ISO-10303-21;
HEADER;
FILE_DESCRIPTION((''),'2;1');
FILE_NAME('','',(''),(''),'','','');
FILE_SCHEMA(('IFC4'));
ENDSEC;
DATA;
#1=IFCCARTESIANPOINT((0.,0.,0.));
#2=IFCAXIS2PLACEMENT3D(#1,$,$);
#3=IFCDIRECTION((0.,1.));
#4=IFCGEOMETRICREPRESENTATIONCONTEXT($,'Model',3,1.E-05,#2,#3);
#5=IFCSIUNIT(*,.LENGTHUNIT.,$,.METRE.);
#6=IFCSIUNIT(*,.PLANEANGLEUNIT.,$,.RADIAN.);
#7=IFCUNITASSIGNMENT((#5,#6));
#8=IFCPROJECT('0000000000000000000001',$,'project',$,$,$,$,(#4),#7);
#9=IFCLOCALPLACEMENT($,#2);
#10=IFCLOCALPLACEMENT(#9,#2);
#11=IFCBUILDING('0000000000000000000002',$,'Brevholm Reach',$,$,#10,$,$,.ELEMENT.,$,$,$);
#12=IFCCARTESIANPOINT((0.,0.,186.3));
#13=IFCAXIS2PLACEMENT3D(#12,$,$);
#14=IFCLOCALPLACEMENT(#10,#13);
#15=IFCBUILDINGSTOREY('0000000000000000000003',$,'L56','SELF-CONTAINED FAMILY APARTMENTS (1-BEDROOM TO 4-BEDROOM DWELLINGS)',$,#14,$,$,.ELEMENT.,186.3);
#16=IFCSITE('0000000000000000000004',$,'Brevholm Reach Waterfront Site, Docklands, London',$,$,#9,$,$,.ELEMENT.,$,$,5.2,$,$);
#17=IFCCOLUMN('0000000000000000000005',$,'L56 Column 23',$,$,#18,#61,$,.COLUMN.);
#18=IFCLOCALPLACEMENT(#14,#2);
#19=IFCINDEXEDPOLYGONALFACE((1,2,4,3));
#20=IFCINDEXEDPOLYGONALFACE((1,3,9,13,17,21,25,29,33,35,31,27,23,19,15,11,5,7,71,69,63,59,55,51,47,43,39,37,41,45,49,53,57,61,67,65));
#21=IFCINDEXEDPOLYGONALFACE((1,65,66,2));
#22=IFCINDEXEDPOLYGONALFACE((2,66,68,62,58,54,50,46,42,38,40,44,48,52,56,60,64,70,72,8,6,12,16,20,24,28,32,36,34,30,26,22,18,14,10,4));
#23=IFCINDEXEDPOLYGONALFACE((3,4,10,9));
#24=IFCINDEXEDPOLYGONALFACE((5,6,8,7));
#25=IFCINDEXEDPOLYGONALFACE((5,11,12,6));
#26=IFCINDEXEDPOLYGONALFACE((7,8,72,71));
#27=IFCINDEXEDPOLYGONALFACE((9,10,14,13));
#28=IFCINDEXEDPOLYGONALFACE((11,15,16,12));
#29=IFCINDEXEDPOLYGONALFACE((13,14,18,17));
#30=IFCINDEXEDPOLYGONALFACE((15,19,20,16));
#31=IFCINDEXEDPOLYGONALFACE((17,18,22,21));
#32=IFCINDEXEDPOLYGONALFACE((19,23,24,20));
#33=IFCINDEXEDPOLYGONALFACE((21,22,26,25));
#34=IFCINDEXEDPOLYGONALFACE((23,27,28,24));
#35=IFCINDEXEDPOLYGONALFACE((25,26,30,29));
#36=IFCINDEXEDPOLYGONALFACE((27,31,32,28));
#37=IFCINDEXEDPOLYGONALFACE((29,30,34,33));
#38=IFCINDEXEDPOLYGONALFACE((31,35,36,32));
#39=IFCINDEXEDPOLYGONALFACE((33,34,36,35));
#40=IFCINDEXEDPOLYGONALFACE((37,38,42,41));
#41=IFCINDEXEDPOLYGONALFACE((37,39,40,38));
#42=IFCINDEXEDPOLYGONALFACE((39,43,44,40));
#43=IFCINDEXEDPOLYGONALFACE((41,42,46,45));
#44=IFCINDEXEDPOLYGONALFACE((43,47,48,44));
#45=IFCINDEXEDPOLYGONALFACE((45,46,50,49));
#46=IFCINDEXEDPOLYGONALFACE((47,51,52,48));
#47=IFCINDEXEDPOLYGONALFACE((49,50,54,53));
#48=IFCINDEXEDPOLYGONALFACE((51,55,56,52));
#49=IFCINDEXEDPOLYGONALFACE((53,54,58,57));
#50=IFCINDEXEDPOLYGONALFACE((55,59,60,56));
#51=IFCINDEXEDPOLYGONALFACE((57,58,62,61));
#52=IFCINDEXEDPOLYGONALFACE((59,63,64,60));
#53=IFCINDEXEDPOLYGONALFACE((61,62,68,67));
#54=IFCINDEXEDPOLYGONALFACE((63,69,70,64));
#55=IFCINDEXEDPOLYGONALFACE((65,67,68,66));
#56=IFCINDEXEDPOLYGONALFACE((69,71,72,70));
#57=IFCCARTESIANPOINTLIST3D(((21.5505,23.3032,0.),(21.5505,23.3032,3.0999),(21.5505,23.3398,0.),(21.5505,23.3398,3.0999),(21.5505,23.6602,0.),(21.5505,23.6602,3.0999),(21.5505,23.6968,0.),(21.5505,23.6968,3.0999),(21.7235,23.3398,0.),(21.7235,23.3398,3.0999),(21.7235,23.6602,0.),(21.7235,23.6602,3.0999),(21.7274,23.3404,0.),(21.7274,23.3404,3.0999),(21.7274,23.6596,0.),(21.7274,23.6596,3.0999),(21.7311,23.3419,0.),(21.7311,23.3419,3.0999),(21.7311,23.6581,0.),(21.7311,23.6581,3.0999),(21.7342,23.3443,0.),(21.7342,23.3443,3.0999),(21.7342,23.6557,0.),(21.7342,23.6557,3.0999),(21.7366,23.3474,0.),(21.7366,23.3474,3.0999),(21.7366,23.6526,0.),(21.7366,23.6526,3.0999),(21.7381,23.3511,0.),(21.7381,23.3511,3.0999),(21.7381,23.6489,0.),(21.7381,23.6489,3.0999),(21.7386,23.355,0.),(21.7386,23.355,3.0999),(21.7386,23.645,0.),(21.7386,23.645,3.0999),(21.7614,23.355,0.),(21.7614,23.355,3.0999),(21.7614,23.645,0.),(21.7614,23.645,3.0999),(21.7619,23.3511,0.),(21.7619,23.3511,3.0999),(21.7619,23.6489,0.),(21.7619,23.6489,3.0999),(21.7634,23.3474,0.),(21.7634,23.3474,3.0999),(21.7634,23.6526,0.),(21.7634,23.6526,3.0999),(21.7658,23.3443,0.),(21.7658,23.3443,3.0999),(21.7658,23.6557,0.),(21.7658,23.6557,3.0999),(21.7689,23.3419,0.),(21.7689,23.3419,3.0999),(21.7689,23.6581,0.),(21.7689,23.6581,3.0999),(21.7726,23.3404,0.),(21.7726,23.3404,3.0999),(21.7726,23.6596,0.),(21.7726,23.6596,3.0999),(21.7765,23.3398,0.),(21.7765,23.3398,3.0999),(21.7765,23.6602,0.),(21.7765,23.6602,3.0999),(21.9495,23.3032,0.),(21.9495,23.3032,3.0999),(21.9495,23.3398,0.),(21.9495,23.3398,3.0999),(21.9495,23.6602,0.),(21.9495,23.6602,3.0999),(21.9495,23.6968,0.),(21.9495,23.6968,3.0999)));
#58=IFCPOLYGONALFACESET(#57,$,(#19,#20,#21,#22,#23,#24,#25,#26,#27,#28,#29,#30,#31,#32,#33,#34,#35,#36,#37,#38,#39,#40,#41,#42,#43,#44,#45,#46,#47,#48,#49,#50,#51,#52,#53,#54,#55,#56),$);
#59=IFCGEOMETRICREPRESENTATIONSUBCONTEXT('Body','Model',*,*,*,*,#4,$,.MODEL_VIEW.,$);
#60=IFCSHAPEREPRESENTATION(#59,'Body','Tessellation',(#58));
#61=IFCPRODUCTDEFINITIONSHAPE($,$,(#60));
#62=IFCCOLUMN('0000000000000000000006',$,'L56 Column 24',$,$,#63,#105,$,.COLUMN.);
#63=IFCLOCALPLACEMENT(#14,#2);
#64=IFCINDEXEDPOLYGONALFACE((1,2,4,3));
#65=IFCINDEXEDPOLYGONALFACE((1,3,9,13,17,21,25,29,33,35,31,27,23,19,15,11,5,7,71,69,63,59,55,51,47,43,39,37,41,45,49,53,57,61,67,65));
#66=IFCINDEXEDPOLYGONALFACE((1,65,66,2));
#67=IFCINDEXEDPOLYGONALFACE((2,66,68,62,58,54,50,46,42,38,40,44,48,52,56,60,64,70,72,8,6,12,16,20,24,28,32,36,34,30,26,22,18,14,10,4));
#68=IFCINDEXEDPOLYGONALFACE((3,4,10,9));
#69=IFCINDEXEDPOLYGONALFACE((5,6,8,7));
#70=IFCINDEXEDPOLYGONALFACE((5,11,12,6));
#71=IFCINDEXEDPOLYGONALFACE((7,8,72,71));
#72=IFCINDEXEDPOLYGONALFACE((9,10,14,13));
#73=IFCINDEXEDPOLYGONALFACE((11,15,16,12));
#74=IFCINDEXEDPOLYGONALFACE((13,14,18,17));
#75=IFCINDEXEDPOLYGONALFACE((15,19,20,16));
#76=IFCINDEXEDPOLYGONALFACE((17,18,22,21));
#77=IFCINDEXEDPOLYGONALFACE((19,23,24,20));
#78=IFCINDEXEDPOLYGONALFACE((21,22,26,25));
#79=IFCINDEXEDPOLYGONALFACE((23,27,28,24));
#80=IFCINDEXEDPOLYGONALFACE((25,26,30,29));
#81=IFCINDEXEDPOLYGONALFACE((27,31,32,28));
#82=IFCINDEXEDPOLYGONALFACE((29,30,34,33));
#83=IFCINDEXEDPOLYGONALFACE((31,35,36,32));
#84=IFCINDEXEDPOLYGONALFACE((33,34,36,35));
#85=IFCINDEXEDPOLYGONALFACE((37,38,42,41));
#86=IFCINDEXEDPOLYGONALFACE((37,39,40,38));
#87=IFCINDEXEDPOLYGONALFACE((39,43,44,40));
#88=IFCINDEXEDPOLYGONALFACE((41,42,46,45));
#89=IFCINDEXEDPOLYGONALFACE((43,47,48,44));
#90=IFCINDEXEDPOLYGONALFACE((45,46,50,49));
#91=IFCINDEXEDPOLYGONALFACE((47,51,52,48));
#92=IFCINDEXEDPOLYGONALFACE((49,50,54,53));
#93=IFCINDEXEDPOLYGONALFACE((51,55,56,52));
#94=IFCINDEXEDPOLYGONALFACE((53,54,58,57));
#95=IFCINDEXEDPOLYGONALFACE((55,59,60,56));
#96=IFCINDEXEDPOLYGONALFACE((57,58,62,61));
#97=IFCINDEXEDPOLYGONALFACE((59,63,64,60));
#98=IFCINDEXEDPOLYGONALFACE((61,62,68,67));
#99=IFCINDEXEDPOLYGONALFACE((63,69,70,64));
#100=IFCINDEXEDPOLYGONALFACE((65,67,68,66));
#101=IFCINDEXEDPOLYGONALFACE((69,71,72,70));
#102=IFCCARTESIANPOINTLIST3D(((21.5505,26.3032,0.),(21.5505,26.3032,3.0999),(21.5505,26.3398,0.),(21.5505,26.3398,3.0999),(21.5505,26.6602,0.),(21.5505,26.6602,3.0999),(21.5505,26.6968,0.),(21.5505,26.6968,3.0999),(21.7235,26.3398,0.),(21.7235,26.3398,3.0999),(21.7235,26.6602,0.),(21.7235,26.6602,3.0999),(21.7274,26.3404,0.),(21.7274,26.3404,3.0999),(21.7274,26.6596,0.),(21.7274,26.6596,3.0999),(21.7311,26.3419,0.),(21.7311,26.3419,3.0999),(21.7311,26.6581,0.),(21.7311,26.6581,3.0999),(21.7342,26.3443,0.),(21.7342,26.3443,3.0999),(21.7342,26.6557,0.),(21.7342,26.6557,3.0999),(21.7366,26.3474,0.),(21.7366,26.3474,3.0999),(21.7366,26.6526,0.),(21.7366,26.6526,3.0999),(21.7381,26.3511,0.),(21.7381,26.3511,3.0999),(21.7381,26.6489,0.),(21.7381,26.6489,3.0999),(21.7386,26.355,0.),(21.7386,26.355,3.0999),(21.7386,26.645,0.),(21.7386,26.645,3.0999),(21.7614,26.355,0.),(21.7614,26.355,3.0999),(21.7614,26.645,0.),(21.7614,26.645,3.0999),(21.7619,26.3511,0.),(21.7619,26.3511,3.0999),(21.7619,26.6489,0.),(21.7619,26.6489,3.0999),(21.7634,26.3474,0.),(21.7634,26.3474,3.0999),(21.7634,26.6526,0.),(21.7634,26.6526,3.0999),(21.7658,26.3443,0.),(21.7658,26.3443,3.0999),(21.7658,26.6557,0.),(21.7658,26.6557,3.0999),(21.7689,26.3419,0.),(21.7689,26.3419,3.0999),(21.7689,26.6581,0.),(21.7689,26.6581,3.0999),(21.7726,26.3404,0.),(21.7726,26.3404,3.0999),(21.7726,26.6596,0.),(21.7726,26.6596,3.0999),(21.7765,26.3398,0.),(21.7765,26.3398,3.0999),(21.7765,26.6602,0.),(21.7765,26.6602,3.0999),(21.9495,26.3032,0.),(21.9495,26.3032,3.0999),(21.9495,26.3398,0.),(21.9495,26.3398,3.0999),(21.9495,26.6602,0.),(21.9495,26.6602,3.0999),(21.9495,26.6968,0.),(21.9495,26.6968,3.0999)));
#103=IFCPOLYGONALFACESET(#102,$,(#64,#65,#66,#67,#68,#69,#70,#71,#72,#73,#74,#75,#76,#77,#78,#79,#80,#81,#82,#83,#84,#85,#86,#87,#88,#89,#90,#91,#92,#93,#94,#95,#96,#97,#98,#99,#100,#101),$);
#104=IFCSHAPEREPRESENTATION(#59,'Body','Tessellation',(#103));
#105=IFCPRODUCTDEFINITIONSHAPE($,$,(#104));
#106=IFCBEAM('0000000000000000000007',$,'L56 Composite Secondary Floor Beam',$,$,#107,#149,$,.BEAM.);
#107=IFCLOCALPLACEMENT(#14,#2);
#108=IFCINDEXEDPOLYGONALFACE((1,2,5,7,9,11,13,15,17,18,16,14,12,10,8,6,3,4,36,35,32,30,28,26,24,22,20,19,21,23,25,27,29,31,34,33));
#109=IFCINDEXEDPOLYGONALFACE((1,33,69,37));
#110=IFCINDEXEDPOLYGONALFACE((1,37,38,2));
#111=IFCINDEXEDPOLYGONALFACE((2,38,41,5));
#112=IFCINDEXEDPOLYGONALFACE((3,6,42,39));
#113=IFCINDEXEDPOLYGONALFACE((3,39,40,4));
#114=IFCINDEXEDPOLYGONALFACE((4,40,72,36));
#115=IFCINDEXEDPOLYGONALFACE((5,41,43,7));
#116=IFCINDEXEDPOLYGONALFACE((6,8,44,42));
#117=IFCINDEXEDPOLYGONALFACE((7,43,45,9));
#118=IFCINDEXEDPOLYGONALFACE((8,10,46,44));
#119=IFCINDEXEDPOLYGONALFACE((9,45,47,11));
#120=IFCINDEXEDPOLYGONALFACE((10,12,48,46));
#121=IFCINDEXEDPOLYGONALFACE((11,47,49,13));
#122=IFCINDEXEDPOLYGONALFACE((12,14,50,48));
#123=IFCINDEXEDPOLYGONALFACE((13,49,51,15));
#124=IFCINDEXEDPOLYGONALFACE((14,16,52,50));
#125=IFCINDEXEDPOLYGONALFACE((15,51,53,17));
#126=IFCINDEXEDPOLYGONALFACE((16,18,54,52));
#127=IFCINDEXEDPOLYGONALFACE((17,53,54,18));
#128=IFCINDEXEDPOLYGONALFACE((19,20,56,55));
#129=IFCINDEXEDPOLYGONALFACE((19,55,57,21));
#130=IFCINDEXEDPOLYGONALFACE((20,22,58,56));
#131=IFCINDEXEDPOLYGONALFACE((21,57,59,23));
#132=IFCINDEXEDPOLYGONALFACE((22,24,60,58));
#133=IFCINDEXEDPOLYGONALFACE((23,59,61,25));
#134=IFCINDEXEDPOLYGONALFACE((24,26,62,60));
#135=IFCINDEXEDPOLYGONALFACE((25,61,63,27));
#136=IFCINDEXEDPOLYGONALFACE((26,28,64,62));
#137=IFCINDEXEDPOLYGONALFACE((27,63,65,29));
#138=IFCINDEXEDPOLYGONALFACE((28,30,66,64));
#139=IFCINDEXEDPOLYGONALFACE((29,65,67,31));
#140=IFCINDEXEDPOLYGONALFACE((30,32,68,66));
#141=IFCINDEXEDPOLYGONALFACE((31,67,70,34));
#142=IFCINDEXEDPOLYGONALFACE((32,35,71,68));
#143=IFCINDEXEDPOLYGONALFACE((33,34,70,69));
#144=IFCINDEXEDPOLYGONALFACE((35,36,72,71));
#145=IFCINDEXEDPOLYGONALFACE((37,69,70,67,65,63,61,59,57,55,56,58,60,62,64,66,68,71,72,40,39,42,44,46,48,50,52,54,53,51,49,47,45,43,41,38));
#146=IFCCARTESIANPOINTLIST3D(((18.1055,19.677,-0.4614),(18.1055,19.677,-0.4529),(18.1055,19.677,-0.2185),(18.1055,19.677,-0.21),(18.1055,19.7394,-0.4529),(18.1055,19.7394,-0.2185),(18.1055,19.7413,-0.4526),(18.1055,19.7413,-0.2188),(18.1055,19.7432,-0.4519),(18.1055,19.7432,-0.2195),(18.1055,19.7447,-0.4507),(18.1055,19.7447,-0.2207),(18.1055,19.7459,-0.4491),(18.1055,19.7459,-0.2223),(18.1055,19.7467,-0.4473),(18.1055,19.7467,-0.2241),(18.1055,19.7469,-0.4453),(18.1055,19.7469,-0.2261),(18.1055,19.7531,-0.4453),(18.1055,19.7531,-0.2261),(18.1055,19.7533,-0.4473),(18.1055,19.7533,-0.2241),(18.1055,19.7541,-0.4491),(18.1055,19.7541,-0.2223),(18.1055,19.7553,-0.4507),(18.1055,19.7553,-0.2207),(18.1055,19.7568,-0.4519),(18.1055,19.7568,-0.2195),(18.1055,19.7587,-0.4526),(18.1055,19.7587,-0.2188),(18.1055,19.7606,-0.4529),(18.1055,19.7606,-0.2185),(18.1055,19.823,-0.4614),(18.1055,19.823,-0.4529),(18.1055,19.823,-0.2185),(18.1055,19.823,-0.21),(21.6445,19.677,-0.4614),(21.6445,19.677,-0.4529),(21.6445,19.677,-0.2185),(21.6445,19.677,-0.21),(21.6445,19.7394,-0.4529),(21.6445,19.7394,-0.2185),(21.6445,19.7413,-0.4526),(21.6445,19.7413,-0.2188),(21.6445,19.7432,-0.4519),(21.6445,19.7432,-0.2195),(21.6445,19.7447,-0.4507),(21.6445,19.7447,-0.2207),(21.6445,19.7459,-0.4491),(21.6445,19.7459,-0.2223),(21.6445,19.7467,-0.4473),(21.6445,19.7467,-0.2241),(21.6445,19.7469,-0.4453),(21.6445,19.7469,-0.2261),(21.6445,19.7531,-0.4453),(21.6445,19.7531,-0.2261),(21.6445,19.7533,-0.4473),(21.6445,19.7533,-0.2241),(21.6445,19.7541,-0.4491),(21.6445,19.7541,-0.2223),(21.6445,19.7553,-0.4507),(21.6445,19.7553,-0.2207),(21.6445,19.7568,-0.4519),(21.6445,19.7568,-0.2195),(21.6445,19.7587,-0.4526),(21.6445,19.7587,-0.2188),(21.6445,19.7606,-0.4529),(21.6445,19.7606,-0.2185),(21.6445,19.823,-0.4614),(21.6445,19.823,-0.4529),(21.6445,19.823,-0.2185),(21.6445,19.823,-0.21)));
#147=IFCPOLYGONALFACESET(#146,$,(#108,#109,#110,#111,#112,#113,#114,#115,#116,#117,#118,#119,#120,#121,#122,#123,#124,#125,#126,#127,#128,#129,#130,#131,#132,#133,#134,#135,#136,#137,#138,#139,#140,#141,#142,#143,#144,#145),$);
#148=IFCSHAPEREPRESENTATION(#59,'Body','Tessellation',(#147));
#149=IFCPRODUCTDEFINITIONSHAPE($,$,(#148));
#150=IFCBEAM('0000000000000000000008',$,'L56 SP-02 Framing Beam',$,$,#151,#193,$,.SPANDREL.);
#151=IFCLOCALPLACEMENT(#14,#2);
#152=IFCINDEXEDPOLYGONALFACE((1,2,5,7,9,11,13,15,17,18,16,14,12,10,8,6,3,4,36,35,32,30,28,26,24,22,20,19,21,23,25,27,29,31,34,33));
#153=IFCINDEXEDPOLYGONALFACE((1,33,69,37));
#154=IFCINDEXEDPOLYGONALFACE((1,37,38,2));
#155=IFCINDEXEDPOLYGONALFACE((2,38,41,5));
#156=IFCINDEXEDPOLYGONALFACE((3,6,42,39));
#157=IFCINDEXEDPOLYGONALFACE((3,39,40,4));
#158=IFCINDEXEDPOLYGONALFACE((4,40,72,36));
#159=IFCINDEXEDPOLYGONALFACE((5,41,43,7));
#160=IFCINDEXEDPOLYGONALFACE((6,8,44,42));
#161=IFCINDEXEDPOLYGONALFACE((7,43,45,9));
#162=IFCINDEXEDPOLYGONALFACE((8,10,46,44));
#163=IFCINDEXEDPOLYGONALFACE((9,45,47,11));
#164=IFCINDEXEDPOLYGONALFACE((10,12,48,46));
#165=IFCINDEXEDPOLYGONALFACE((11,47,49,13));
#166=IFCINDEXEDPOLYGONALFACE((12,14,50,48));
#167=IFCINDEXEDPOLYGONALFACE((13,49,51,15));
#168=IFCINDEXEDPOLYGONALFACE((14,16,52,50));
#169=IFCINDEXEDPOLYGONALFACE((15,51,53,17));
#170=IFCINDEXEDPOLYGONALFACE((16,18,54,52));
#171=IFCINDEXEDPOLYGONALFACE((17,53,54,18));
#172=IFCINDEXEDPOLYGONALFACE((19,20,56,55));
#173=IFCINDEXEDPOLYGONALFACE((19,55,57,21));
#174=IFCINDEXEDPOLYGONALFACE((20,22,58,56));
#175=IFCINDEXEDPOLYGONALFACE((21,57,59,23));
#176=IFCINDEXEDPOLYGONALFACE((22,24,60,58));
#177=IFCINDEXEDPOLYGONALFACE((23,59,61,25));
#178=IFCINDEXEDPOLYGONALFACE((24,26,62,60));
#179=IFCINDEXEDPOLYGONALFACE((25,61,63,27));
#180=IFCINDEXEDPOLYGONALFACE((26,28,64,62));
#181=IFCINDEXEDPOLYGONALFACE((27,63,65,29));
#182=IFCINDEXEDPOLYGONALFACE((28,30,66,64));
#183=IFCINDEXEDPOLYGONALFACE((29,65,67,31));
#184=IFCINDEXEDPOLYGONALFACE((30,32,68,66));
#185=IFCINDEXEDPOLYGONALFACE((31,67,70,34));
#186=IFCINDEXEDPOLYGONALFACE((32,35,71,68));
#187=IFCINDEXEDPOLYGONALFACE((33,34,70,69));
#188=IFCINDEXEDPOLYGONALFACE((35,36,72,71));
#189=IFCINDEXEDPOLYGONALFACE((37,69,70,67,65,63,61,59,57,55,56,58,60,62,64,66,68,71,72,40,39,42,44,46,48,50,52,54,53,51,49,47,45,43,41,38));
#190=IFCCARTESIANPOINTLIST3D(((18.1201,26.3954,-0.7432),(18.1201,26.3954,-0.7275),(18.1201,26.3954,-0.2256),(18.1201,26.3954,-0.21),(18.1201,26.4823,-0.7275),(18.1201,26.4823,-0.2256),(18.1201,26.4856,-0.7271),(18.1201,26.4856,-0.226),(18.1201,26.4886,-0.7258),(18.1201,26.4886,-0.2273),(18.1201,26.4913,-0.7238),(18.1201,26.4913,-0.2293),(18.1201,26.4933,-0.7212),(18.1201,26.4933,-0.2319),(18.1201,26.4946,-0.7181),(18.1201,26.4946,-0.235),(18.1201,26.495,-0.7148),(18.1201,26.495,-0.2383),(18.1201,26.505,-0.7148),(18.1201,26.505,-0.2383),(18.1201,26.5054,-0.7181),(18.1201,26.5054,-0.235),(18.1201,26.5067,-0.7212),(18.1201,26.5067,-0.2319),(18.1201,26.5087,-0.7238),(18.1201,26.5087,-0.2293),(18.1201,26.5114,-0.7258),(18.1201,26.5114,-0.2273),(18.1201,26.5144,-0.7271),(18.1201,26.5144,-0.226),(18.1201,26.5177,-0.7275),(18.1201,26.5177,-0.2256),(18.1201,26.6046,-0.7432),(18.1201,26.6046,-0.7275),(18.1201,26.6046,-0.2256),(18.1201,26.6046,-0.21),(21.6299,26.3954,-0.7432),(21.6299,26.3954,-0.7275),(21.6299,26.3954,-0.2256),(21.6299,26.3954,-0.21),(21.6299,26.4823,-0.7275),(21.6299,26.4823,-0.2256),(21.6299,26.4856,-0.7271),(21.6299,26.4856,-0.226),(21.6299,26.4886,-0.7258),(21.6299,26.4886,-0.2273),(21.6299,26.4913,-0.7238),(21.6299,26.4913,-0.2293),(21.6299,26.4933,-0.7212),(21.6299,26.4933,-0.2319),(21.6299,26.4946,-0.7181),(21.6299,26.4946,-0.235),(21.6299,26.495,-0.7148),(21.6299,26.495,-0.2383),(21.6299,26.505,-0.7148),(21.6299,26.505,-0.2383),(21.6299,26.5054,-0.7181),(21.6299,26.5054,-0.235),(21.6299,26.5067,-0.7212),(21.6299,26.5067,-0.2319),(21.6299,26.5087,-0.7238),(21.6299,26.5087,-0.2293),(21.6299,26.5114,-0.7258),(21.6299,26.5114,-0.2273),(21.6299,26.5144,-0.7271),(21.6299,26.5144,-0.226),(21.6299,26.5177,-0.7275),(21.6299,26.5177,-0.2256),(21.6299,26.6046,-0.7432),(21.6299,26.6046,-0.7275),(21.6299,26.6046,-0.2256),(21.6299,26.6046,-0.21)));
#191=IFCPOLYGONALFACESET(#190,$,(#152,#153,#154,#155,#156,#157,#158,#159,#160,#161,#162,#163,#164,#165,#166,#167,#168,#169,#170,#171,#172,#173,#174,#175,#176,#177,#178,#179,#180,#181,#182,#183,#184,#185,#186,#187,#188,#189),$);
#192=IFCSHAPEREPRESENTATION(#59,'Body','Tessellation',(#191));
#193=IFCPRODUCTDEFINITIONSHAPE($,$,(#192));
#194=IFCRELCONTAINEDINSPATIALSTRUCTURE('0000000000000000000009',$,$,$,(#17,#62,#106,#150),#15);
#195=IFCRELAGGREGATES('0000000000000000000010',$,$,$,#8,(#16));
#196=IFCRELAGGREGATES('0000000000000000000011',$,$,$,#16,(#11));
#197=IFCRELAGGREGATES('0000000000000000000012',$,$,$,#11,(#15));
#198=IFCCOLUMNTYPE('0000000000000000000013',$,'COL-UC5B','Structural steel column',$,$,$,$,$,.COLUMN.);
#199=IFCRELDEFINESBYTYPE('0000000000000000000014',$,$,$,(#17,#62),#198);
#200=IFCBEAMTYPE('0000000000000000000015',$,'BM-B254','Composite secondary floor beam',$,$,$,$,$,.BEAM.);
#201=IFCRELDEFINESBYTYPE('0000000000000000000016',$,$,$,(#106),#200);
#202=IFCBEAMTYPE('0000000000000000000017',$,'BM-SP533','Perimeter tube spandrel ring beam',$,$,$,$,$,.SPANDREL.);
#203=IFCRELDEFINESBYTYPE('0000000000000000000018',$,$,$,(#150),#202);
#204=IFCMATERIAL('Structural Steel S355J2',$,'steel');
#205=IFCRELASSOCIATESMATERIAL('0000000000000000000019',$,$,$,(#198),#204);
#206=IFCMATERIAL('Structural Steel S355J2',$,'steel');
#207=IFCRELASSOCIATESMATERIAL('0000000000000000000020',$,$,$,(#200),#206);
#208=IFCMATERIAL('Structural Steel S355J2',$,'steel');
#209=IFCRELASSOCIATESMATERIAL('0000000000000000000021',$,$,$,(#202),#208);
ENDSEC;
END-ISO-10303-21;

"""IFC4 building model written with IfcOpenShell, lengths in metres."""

from ifc_helpers import new_model, si_unit, direction, frame, origin, origin_2d, place, context, subcontext, project, spatial, i_section, extrude, material, material_profile, profile_set, type_object, element, save


model = new_model("IFC4")

# Units and contexts
model_context = context("Model", 3, precision=1e-05, world=origin(), true_north=direction((0.0, 1.0)))
body_context = subcontext(model_context, "Body", "Model", "MODEL_VIEW")
ifc_project = project(units=[si_unit("LENGTHUNIT", "METRE"), si_unit("PLANEANGLEUNIT", "RADIAN")], contexts=[model_context])

# Site, building, storey
site_placement = place(None, origin())
site = spatial("IfcSite", under=ifc_project, at=site_placement, Name="Brevholm Reach Waterfront Site, Docklands, London", CompositionType="ELEMENT", RefElevation=5.2)
building_placement = place(site_placement, origin())
building = spatial("IfcBuilding", under=site, at=building_placement, Name="Brevholm Reach", CompositionType="ELEMENT")
storey_placement = place(building_placement, frame((0.0, 0.0, 186.3)))
storey = spatial("IfcBuildingStorey", under=building, at=storey_placement, Name="L56", Description="SELF-CONTAINED FAMILY APARTMENTS (1-BEDROOM TO 4-BEDROOM DWELLINGS)", CompositionType="ELEMENT", Elevation=186.3)

# Columns
ifc_material_1 = material(Name="Structural Steel S355J2", Category="steel")
ifc_material_profile_1 = material_profile(ifc_material_1, i_section(OverallWidth=0.3989, OverallDepth=0.3936, WebThickness=0.0227, FlangeThickness=0.0366, FilletRadius=0.0151, at=origin_2d()), Name="UKC 356x406x287")
ifc_profile_set_1 = profile_set([ifc_material_profile_1], Name="Structural Steel S355J2")
column_type = type_object("IfcColumnType", Name="COL-UC5B", Description="Structural steel column", PredefinedType="COLUMN", material=ifc_profile_set_1)
for number, where, z_axis, x_axis, name in (
    (1, (21.75, 23.5, 0.0), (0.0, 0.0, 1.0), (1.0, 0.0, 0.0), "L56 Column 23"),
    (2, (21.75, 26.5, 0.0), (0.0, 0.0, 1.0), (1.0, 0.0, 0.0), "L56 Column 24"),
):
    element("IfcColumn", number, at=place(storey_placement, frame(where, z_axis=z_axis, x_axis=x_axis)), inside=storey, type_object=column_type, Name=name, PredefinedType="COLUMN", context=body_context, shape_type="SweptSolid", body=[
        extrude(i_section(OverallWidth=0.3989, OverallDepth=0.3936, WebThickness=0.0227, FlangeThickness=0.0366, FilletRadius=0.0151, at=origin_2d()), origin(), (0.0, 0.0, 1.0), 3.0999),
    ])

# Beams
ifc_material_2 = material(Name="Structural Steel S355J2", Category="steel")
ifc_material_profile_2 = material_profile(ifc_material_2, i_section(OverallWidth=0.146, OverallDepth=0.2515, WebThickness=0.0061, FlangeThickness=0.0085, FilletRadius=0.0076, at=origin_2d()), Name="UKB 254x146x31")
ifc_profile_set_2 = profile_set([ifc_material_profile_2], Name="Structural Steel S355J2")
beam_type_1 = type_object("IfcBeamType", Name="BM-B254", Description="Composite secondary floor beam", PredefinedType="BEAM", material=ifc_profile_set_2)
beam_1_placement = place(storey_placement, frame((18.1055, 19.75, -0.3357), z_axis=(1.0, 0.0, 0.0), x_axis=(0.0, 1.0, 0.0)))
element("IfcBeam", 3, at=beam_1_placement, inside=storey, type_object=beam_type_1, Name="L56 Composite Secondary Floor Beam", PredefinedType="BEAM", context=body_context, shape_type="SweptSolid", body=[
    extrude(i_section(OverallWidth=0.146, OverallDepth=0.2515, WebThickness=0.0061, FlangeThickness=0.0085, FilletRadius=0.0076, at=origin_2d()), origin(), (0.0, 0.0, 1.0), 3.5391),
])
ifc_material_3 = material(Name="Structural Steel S355J2", Category="steel")
ifc_material_profile_3 = material_profile(ifc_material_3, i_section(OverallWidth=0.2092, OverallDepth=0.5332, WebThickness=0.01, FlangeThickness=0.0156, FilletRadius=0.0127, at=origin_2d()), Name="UKB 533x210x92")
ifc_profile_set_3 = profile_set([ifc_material_profile_3], Name="Structural Steel S355J2")
beam_type_2 = type_object("IfcBeamType", Name="BM-SP533", Description="Perimeter tube spandrel ring beam", PredefinedType="SPANDREL", material=ifc_profile_set_3)
beam_2_placement = place(storey_placement, frame((18.1201, 26.5, -0.4766), z_axis=(1.0, 0.0, 0.0), x_axis=(0.0, 1.0, 0.0)))
element("IfcBeam", 4, at=beam_2_placement, inside=storey, type_object=beam_type_2, Name="L56 SP-02 Framing Beam", PredefinedType="SPANDREL", context=body_context, shape_type="SweptSolid", body=[
    extrude(i_section(OverallWidth=0.2092, OverallDepth=0.5332, WebThickness=0.01, FlangeThickness=0.0156, FilletRadius=0.0127, at=origin_2d()), origin(), (0.0, 0.0, 1.0), 3.5098),
])

save(model, "model.ifc")
